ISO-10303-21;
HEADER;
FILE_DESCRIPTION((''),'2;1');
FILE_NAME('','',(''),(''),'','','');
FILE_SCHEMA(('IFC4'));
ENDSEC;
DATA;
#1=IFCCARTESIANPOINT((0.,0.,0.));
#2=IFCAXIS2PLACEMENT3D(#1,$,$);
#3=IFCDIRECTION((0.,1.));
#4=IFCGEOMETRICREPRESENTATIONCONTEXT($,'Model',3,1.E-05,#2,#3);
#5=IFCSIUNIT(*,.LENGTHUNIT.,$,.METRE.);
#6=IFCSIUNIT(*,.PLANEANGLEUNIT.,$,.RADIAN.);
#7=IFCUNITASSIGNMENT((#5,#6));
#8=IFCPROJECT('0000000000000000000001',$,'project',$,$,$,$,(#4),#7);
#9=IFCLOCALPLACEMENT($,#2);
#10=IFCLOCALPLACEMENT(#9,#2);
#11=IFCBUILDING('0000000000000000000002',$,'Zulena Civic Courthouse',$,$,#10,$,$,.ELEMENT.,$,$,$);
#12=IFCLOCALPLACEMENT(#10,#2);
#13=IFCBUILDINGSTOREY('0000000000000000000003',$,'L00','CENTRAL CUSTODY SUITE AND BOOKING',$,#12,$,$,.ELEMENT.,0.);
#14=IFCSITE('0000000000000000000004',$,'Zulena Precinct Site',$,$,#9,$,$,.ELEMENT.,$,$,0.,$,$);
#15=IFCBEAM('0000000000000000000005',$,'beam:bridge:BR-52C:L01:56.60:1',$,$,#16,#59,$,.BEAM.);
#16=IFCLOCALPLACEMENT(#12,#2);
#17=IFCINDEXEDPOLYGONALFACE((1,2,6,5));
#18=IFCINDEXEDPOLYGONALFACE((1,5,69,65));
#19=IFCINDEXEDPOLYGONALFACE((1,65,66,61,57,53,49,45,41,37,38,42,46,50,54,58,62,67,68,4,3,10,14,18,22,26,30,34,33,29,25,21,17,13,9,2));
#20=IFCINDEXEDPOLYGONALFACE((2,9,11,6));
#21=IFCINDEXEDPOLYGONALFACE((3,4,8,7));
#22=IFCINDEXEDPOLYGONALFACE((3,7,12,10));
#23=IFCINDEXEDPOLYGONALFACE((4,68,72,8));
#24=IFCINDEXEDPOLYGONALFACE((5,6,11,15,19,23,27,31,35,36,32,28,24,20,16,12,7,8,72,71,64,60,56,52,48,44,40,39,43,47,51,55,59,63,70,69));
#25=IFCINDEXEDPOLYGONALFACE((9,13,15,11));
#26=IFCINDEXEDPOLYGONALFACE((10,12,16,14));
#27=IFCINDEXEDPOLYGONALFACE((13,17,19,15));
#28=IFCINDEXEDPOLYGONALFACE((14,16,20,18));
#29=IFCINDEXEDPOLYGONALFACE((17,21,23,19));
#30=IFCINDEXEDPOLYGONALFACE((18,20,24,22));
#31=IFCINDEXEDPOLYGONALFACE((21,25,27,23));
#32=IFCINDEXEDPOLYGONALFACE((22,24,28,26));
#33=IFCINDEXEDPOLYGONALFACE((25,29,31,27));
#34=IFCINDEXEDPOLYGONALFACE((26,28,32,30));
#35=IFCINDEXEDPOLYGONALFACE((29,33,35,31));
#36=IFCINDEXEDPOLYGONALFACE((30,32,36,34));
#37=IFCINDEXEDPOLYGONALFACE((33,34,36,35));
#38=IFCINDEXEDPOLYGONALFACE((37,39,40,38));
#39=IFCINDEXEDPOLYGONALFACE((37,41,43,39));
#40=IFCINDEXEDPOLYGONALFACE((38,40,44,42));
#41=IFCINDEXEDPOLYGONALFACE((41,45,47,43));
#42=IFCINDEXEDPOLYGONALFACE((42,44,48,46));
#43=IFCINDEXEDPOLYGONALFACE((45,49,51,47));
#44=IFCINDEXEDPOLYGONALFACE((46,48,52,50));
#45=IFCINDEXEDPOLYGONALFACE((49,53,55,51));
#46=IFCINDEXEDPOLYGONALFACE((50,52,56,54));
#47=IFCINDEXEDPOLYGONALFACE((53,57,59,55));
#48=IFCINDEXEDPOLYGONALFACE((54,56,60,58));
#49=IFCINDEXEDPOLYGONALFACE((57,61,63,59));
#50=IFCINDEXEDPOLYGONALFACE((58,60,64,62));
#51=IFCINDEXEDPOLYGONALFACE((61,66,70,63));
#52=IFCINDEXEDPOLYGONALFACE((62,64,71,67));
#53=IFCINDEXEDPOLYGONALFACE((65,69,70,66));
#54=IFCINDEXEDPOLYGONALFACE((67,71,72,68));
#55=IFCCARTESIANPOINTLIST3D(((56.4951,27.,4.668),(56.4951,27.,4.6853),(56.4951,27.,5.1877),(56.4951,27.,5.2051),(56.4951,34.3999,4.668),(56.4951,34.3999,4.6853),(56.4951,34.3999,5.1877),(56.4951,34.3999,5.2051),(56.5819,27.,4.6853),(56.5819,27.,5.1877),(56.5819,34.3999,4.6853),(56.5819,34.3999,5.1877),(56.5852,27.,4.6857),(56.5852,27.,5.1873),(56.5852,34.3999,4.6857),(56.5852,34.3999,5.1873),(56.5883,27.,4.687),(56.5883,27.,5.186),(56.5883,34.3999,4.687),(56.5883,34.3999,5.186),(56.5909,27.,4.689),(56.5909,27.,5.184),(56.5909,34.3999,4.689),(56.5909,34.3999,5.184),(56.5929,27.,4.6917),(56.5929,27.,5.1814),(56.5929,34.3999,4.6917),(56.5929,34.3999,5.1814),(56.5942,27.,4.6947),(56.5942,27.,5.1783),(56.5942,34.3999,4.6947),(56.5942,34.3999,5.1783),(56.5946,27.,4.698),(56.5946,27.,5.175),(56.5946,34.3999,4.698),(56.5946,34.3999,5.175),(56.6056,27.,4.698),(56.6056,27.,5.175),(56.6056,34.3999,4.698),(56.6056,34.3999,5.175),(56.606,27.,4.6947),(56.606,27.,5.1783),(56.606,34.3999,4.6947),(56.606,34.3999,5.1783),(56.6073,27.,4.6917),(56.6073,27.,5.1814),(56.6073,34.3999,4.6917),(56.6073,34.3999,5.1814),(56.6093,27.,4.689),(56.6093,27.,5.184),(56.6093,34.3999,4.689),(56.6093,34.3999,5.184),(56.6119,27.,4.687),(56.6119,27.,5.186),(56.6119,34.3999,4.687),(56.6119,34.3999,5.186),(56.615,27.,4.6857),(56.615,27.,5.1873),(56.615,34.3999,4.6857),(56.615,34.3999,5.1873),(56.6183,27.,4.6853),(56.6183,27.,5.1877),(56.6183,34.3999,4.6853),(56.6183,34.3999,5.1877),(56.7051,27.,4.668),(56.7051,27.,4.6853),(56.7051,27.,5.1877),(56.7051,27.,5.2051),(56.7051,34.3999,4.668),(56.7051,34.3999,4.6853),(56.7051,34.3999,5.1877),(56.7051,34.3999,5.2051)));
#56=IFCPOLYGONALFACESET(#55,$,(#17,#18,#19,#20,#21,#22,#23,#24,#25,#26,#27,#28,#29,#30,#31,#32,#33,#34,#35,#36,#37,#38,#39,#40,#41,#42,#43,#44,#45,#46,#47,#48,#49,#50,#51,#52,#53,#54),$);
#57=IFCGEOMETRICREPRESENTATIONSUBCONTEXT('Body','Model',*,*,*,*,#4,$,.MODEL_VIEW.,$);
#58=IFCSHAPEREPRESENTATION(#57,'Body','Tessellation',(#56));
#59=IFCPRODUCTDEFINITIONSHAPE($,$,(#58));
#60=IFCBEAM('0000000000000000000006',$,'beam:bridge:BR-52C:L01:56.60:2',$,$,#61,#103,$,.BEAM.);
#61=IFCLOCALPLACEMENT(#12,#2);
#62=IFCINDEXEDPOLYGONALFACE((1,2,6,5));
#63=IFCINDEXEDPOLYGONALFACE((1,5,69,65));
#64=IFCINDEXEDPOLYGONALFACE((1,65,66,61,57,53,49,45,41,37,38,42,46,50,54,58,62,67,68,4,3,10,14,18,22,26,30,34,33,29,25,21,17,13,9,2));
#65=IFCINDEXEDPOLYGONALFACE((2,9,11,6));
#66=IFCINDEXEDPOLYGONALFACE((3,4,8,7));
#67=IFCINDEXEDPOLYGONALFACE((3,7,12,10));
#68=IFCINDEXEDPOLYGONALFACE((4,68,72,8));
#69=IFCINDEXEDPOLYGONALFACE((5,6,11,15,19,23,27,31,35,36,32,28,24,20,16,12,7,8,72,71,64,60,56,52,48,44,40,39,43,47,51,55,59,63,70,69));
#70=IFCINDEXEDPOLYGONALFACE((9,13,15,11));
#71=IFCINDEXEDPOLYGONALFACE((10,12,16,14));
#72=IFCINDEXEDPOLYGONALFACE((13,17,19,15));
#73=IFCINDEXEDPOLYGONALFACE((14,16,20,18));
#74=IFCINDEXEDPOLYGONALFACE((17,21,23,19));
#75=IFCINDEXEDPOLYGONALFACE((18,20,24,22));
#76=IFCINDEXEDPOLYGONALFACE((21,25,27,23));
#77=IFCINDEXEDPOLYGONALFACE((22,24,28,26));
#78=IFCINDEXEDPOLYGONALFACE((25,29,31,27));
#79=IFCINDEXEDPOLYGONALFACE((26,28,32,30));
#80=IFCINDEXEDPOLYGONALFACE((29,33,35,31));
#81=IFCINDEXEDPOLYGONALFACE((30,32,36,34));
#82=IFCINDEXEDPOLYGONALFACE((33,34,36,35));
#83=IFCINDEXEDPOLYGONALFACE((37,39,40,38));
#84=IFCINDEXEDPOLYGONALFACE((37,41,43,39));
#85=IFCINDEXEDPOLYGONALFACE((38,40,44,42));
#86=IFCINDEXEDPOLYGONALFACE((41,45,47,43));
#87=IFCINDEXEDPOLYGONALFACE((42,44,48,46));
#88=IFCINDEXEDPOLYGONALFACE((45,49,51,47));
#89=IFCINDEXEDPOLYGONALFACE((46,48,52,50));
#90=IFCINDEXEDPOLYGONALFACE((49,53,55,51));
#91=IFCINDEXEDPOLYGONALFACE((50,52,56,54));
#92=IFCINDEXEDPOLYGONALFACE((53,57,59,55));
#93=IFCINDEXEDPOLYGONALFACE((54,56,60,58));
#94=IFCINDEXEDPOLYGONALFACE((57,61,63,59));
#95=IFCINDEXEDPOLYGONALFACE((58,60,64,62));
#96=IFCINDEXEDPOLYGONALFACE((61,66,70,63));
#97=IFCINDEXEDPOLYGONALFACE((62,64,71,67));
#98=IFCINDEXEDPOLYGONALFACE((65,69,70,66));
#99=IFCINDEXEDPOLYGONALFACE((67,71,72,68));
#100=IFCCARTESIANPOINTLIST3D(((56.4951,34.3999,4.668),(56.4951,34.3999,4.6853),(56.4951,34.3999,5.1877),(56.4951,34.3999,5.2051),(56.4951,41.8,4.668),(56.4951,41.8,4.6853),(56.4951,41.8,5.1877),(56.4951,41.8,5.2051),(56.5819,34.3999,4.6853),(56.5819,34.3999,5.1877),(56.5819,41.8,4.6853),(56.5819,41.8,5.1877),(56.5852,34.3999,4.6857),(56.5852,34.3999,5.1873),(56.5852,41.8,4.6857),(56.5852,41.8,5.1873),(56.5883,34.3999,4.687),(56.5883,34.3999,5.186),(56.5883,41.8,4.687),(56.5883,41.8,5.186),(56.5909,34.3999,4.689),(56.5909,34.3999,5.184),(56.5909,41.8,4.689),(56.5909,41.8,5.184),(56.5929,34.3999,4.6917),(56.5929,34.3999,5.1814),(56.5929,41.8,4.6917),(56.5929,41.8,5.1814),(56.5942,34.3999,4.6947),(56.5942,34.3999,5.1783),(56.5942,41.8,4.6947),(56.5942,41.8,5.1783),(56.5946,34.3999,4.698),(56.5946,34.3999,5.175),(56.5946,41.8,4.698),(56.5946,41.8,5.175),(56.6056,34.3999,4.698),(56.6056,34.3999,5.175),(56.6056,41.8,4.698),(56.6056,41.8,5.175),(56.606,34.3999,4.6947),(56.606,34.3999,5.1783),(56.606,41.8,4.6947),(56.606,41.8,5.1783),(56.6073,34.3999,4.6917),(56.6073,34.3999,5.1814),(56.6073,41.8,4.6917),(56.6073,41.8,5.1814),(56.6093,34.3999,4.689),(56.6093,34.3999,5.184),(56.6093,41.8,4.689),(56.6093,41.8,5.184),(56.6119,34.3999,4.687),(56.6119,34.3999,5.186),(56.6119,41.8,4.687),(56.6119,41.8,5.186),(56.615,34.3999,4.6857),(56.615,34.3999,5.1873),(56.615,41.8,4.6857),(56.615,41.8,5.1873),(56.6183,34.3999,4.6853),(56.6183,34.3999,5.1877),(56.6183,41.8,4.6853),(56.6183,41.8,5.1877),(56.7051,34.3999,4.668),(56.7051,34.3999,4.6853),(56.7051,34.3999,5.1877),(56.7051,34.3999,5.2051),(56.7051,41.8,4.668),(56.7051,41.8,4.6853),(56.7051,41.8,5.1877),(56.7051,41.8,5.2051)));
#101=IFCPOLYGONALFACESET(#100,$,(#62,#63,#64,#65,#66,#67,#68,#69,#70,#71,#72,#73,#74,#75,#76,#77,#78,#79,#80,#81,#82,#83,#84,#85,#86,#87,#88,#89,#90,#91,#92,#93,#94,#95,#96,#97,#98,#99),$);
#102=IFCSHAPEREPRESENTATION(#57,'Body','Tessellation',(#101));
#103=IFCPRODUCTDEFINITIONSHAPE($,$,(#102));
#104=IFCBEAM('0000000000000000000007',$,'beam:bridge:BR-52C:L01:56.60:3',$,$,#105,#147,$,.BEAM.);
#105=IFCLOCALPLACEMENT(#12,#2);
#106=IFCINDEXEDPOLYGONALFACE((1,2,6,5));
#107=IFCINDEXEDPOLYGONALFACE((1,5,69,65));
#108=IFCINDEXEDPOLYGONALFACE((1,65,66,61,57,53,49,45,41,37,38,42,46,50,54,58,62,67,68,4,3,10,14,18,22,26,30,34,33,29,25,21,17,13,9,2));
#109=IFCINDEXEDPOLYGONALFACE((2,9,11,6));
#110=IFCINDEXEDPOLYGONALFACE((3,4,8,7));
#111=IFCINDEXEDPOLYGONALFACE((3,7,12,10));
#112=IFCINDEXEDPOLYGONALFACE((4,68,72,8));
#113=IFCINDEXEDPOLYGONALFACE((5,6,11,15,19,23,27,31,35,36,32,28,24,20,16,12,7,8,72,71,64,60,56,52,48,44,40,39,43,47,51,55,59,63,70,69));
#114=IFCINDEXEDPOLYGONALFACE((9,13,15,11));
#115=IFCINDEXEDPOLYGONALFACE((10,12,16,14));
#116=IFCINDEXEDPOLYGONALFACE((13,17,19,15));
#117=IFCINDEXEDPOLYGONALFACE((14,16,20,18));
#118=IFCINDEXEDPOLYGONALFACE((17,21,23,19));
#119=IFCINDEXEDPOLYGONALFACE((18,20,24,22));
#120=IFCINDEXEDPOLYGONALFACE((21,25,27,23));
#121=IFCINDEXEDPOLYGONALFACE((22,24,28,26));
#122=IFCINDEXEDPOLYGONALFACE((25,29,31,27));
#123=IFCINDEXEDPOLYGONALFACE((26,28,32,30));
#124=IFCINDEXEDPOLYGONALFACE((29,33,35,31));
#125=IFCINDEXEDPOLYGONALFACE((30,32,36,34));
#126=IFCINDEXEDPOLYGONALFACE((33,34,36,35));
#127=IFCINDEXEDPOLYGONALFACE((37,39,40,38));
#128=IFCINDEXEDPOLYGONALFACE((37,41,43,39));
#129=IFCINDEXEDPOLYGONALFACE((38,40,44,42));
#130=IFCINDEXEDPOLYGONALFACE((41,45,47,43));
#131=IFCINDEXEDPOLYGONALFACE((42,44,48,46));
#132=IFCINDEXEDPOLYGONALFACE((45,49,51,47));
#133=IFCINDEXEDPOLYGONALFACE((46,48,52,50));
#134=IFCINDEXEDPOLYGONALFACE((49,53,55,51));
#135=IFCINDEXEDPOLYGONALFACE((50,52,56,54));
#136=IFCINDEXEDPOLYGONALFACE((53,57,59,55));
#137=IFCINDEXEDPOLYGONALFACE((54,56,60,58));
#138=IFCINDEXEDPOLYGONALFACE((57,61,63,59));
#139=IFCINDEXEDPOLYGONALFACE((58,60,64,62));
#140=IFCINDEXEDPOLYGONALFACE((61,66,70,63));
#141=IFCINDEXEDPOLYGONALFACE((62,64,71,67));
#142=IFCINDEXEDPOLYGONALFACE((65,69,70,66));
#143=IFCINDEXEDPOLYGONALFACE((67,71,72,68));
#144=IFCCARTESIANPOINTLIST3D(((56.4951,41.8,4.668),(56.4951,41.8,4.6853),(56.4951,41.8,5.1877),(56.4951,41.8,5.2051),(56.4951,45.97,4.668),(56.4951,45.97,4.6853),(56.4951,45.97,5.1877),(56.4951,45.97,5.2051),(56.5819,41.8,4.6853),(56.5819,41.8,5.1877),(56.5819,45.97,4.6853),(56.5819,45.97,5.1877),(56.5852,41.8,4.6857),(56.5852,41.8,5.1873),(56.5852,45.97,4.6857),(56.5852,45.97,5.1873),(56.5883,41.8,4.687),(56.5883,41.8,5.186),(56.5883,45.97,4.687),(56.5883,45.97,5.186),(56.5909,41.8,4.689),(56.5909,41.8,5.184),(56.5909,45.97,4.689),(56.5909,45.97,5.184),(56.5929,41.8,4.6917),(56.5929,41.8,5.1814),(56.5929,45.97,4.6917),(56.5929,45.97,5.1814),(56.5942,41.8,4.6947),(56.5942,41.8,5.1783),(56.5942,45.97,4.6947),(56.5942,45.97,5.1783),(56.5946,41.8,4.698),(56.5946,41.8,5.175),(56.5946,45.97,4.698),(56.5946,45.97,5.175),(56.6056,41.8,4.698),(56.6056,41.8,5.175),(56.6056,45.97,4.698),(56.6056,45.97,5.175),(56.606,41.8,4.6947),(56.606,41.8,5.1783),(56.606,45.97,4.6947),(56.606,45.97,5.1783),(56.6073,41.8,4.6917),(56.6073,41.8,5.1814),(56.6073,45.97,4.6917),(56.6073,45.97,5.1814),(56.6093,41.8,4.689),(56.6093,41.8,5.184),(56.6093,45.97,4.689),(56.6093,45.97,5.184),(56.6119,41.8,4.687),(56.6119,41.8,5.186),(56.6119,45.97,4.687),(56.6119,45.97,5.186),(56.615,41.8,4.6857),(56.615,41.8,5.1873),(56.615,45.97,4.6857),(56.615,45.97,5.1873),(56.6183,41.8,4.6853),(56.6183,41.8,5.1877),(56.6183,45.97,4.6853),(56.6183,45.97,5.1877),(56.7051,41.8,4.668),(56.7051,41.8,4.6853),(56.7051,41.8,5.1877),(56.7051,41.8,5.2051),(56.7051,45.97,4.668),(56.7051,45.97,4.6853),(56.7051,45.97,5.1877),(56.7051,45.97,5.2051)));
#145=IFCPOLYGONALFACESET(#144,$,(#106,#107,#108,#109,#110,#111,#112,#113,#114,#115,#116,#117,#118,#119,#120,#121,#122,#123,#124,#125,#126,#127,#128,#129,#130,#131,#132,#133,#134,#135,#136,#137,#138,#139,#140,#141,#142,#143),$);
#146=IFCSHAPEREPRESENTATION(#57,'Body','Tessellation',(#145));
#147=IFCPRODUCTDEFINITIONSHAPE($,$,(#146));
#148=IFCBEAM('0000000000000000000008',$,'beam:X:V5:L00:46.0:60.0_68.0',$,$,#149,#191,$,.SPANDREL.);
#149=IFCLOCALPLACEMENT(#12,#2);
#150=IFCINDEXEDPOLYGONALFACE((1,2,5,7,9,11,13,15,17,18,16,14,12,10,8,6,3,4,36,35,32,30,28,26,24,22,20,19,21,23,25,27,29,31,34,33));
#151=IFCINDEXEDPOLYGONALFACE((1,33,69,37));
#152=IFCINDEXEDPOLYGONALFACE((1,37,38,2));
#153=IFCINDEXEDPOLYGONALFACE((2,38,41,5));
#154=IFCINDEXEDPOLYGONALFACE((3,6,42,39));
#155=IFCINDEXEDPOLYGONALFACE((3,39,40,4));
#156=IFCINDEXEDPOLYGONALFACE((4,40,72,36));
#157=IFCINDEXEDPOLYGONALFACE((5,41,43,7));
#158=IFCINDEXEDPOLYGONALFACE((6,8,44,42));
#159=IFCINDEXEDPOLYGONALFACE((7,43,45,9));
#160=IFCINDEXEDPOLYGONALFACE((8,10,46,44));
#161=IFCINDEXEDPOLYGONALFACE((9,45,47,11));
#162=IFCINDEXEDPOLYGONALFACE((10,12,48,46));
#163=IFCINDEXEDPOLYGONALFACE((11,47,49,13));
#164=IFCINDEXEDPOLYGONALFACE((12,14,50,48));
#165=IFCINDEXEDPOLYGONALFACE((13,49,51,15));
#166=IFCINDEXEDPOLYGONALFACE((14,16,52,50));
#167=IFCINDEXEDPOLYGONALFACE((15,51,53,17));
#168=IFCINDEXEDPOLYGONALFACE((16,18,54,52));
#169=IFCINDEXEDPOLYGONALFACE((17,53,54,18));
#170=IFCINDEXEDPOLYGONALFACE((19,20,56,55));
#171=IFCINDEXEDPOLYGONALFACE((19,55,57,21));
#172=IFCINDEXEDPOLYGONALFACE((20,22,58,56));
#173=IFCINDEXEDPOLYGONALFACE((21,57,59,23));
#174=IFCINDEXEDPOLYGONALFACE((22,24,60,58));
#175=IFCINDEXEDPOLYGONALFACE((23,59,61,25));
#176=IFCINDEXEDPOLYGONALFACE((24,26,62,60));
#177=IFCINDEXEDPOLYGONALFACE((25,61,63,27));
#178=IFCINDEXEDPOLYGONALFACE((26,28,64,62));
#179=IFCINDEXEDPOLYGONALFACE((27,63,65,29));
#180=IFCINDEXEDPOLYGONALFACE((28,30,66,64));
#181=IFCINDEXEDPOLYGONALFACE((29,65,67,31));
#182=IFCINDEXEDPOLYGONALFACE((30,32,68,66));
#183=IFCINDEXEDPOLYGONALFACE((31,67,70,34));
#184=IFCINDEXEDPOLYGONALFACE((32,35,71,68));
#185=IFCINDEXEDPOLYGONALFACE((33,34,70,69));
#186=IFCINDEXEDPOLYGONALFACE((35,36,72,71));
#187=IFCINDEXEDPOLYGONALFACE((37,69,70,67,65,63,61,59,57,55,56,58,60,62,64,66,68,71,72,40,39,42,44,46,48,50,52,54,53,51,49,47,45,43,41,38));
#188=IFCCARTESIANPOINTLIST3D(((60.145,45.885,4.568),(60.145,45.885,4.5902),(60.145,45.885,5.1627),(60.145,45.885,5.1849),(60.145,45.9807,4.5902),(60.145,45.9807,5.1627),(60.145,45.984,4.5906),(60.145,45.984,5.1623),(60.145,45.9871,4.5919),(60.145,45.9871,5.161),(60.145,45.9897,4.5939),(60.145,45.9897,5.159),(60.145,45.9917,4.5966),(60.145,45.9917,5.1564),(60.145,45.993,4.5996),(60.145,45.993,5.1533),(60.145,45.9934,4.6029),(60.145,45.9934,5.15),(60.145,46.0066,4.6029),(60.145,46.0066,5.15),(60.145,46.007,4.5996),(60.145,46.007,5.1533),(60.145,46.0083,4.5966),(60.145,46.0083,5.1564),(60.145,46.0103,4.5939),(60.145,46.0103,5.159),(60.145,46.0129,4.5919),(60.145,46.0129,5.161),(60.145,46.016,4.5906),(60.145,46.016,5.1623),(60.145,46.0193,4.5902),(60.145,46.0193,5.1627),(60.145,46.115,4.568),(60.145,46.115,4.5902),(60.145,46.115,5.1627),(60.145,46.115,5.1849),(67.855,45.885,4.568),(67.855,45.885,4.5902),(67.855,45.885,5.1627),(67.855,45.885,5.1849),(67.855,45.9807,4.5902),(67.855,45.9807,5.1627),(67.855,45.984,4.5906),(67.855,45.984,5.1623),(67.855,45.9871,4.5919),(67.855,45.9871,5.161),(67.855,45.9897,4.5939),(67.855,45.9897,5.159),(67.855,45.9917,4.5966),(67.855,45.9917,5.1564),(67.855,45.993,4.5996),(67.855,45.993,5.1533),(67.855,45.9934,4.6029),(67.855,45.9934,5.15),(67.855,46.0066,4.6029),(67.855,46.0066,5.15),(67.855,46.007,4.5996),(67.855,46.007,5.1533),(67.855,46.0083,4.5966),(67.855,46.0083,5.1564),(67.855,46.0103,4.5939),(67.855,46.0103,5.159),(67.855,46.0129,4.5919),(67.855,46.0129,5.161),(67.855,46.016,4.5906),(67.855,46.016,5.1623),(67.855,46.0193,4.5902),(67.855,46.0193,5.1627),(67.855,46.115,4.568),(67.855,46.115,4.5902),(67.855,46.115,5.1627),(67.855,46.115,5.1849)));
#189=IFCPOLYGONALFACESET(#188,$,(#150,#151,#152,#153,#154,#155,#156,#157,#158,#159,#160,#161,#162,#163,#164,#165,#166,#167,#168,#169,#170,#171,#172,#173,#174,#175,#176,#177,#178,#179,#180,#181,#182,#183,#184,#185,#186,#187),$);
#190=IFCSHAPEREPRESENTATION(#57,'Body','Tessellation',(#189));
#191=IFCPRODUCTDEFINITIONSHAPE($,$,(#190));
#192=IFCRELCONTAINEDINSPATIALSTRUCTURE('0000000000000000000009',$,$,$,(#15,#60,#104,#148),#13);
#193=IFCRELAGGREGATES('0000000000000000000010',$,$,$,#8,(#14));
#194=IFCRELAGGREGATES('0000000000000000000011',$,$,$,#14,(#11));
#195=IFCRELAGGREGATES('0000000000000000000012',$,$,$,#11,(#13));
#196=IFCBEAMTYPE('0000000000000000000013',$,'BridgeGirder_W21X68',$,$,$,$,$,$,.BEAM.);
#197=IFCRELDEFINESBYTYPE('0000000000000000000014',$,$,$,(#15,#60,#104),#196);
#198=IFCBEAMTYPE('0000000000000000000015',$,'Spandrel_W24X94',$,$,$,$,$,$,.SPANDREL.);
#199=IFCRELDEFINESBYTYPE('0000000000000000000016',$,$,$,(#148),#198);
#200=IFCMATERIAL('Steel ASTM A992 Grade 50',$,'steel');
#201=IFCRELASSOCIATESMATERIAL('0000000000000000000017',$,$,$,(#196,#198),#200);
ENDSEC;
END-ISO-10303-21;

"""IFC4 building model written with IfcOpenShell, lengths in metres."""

from ifc_helpers import new_model, si_unit, direction, frame, origin, origin_2d, place, context, subcontext, project, spatial, i_section, extrude, material, material_profile, profile_set, type_object, element, save


model = new_model("IFC4")

# Units and contexts
model_context = context("Model", 3, precision=1e-05, world=origin(), true_north=direction((0.0, 1.0)))
body_context = subcontext(model_context, "Body", "Model", "MODEL_VIEW")
ifc_project = project(units=[si_unit("LENGTHUNIT", "METRE"), si_unit("PLANEANGLEUNIT", "RADIAN")], contexts=[model_context])

# Site, building, storey
site_placement = place(None, origin())
site = spatial("IfcSite", under=ifc_project, at=site_placement, Name="Zulena Precinct Site", CompositionType="ELEMENT", RefElevation=0.0)
building_placement = place(site_placement, origin())
building = spatial("IfcBuilding", under=site, at=building_placement, Name="Zulena Civic Courthouse", CompositionType="ELEMENT")
storey_placement = place(building_placement, origin())
storey = spatial("IfcBuildingStorey", under=building, at=storey_placement, Name="L00", Description="CENTRAL CUSTODY SUITE AND BOOKING", CompositionType="ELEMENT", Elevation=0.0)

# Shared definitions
ifc_material_1 = material(Name="Steel ASTM A992 Grade 50", Category="steel")

# Beams
ifc_material_profile_1 = material_profile(ifc_material_1, i_section(OverallWidth=0.21, OverallDepth=0.5371, WebThickness=0.011, FlangeThickness=0.0173, FilletRadius=0.0127, at=origin_2d()), Name="W21X68")
ifc_profile_set_1 = profile_set([ifc_material_profile_1], Name="Steel ASTM A992 Grade 50")
beam_type_1 = type_object("IfcBeamType", Name="BridgeGirder_W21X68", PredefinedType="BEAM", material=ifc_profile_set_1)
beam_1_placement = place(storey_placement, frame((56.6001, 27.0, 4.9365), z_axis=(0.0, 1.0, 0.0), x_axis=(-1.0, 0.0, 0.0)))
element("IfcBeam", 1, at=beam_1_placement, inside=storey, type_object=beam_type_1, Name="beam:bridge:BR-52C:L01:56.60:1", PredefinedType="BEAM", context=body_context, shape_type="SweptSolid", body=[
    extrude(i_section(OverallWidth=0.21, OverallDepth=0.5371, WebThickness=0.011, FlangeThickness=0.0173, FilletRadius=0.0127, at=origin_2d()), origin(), (0.0, 0.0, 1.0), 7.3999),
])
beam_2_placement = place(storey_placement, frame((56.6001, 34.3999, 4.9365), z_axis=(0.0, 1.0, 0.0), x_axis=(-1.0, 0.0, 0.0)))
element("IfcBeam", 2, at=beam_2_placement, inside=storey, type_object=beam_type_1, Name="beam:bridge:BR-52C:L01:56.60:2", PredefinedType="BEAM", context=body_context, shape_type="SweptSolid", body=[
    extrude(i_section(OverallWidth=0.21, OverallDepth=0.5371, WebThickness=0.011, FlangeThickness=0.0173, FilletRadius=0.0127, at=origin_2d()), origin(), (0.0, 0.0, 1.0), 7.4001),
])
beam_3_placement = place(storey_placement, frame((56.6001, 41.8, 4.9365), z_axis=(0.0, 1.0, 0.0), x_axis=(-1.0, 0.0, 0.0)))
element("IfcBeam", 3, at=beam_3_placement, inside=storey, type_object=beam_type_1, Name="beam:bridge:BR-52C:L01:56.60:3", PredefinedType="BEAM", context=body_context, shape_type="SweptSolid", body=[
    extrude(i_section(OverallWidth=0.21, OverallDepth=0.5371, WebThickness=0.011, FlangeThickness=0.0173, FilletRadius=0.0127, at=origin_2d()), origin(), (0.0, 0.0, 1.0), 4.1699),
])
ifc_material_profile_2 = material_profile(ifc_material_1, i_section(OverallWidth=0.23, OverallDepth=0.6169, WebThickness=0.0132, FlangeThickness=0.0222, FilletRadius=0.0127, at=origin_2d()), Name="W24X94")
ifc_profile_set_2 = profile_set([ifc_material_profile_2], Name="Steel ASTM A992 Grade 50")
beam_type_2 = type_object("IfcBeamType", Name="Spandrel_W24X94", PredefinedType="SPANDREL", material=ifc_profile_set_2)
beam_4_placement = place(storey_placement, frame((60.145, 46.0, 4.8765), z_axis=(1.0, 0.0, 0.0), x_axis=(0.0, 1.0, 0.0)))
element("IfcBeam", 4, at=beam_4_placement, inside=storey, type_object=beam_type_2, Name="beam:X:V5:L00:46.0:60.0_68.0", PredefinedType="SPANDREL", context=body_context, shape_type="SweptSolid", body=[
    extrude(i_section(OverallWidth=0.23, OverallDepth=0.6169, WebThickness=0.0132, FlangeThickness=0.0222, FilletRadius=0.0127, at=origin_2d()), origin(), (0.0, 0.0, 1.0), 7.71),
])

save(model, "model.ifc")
